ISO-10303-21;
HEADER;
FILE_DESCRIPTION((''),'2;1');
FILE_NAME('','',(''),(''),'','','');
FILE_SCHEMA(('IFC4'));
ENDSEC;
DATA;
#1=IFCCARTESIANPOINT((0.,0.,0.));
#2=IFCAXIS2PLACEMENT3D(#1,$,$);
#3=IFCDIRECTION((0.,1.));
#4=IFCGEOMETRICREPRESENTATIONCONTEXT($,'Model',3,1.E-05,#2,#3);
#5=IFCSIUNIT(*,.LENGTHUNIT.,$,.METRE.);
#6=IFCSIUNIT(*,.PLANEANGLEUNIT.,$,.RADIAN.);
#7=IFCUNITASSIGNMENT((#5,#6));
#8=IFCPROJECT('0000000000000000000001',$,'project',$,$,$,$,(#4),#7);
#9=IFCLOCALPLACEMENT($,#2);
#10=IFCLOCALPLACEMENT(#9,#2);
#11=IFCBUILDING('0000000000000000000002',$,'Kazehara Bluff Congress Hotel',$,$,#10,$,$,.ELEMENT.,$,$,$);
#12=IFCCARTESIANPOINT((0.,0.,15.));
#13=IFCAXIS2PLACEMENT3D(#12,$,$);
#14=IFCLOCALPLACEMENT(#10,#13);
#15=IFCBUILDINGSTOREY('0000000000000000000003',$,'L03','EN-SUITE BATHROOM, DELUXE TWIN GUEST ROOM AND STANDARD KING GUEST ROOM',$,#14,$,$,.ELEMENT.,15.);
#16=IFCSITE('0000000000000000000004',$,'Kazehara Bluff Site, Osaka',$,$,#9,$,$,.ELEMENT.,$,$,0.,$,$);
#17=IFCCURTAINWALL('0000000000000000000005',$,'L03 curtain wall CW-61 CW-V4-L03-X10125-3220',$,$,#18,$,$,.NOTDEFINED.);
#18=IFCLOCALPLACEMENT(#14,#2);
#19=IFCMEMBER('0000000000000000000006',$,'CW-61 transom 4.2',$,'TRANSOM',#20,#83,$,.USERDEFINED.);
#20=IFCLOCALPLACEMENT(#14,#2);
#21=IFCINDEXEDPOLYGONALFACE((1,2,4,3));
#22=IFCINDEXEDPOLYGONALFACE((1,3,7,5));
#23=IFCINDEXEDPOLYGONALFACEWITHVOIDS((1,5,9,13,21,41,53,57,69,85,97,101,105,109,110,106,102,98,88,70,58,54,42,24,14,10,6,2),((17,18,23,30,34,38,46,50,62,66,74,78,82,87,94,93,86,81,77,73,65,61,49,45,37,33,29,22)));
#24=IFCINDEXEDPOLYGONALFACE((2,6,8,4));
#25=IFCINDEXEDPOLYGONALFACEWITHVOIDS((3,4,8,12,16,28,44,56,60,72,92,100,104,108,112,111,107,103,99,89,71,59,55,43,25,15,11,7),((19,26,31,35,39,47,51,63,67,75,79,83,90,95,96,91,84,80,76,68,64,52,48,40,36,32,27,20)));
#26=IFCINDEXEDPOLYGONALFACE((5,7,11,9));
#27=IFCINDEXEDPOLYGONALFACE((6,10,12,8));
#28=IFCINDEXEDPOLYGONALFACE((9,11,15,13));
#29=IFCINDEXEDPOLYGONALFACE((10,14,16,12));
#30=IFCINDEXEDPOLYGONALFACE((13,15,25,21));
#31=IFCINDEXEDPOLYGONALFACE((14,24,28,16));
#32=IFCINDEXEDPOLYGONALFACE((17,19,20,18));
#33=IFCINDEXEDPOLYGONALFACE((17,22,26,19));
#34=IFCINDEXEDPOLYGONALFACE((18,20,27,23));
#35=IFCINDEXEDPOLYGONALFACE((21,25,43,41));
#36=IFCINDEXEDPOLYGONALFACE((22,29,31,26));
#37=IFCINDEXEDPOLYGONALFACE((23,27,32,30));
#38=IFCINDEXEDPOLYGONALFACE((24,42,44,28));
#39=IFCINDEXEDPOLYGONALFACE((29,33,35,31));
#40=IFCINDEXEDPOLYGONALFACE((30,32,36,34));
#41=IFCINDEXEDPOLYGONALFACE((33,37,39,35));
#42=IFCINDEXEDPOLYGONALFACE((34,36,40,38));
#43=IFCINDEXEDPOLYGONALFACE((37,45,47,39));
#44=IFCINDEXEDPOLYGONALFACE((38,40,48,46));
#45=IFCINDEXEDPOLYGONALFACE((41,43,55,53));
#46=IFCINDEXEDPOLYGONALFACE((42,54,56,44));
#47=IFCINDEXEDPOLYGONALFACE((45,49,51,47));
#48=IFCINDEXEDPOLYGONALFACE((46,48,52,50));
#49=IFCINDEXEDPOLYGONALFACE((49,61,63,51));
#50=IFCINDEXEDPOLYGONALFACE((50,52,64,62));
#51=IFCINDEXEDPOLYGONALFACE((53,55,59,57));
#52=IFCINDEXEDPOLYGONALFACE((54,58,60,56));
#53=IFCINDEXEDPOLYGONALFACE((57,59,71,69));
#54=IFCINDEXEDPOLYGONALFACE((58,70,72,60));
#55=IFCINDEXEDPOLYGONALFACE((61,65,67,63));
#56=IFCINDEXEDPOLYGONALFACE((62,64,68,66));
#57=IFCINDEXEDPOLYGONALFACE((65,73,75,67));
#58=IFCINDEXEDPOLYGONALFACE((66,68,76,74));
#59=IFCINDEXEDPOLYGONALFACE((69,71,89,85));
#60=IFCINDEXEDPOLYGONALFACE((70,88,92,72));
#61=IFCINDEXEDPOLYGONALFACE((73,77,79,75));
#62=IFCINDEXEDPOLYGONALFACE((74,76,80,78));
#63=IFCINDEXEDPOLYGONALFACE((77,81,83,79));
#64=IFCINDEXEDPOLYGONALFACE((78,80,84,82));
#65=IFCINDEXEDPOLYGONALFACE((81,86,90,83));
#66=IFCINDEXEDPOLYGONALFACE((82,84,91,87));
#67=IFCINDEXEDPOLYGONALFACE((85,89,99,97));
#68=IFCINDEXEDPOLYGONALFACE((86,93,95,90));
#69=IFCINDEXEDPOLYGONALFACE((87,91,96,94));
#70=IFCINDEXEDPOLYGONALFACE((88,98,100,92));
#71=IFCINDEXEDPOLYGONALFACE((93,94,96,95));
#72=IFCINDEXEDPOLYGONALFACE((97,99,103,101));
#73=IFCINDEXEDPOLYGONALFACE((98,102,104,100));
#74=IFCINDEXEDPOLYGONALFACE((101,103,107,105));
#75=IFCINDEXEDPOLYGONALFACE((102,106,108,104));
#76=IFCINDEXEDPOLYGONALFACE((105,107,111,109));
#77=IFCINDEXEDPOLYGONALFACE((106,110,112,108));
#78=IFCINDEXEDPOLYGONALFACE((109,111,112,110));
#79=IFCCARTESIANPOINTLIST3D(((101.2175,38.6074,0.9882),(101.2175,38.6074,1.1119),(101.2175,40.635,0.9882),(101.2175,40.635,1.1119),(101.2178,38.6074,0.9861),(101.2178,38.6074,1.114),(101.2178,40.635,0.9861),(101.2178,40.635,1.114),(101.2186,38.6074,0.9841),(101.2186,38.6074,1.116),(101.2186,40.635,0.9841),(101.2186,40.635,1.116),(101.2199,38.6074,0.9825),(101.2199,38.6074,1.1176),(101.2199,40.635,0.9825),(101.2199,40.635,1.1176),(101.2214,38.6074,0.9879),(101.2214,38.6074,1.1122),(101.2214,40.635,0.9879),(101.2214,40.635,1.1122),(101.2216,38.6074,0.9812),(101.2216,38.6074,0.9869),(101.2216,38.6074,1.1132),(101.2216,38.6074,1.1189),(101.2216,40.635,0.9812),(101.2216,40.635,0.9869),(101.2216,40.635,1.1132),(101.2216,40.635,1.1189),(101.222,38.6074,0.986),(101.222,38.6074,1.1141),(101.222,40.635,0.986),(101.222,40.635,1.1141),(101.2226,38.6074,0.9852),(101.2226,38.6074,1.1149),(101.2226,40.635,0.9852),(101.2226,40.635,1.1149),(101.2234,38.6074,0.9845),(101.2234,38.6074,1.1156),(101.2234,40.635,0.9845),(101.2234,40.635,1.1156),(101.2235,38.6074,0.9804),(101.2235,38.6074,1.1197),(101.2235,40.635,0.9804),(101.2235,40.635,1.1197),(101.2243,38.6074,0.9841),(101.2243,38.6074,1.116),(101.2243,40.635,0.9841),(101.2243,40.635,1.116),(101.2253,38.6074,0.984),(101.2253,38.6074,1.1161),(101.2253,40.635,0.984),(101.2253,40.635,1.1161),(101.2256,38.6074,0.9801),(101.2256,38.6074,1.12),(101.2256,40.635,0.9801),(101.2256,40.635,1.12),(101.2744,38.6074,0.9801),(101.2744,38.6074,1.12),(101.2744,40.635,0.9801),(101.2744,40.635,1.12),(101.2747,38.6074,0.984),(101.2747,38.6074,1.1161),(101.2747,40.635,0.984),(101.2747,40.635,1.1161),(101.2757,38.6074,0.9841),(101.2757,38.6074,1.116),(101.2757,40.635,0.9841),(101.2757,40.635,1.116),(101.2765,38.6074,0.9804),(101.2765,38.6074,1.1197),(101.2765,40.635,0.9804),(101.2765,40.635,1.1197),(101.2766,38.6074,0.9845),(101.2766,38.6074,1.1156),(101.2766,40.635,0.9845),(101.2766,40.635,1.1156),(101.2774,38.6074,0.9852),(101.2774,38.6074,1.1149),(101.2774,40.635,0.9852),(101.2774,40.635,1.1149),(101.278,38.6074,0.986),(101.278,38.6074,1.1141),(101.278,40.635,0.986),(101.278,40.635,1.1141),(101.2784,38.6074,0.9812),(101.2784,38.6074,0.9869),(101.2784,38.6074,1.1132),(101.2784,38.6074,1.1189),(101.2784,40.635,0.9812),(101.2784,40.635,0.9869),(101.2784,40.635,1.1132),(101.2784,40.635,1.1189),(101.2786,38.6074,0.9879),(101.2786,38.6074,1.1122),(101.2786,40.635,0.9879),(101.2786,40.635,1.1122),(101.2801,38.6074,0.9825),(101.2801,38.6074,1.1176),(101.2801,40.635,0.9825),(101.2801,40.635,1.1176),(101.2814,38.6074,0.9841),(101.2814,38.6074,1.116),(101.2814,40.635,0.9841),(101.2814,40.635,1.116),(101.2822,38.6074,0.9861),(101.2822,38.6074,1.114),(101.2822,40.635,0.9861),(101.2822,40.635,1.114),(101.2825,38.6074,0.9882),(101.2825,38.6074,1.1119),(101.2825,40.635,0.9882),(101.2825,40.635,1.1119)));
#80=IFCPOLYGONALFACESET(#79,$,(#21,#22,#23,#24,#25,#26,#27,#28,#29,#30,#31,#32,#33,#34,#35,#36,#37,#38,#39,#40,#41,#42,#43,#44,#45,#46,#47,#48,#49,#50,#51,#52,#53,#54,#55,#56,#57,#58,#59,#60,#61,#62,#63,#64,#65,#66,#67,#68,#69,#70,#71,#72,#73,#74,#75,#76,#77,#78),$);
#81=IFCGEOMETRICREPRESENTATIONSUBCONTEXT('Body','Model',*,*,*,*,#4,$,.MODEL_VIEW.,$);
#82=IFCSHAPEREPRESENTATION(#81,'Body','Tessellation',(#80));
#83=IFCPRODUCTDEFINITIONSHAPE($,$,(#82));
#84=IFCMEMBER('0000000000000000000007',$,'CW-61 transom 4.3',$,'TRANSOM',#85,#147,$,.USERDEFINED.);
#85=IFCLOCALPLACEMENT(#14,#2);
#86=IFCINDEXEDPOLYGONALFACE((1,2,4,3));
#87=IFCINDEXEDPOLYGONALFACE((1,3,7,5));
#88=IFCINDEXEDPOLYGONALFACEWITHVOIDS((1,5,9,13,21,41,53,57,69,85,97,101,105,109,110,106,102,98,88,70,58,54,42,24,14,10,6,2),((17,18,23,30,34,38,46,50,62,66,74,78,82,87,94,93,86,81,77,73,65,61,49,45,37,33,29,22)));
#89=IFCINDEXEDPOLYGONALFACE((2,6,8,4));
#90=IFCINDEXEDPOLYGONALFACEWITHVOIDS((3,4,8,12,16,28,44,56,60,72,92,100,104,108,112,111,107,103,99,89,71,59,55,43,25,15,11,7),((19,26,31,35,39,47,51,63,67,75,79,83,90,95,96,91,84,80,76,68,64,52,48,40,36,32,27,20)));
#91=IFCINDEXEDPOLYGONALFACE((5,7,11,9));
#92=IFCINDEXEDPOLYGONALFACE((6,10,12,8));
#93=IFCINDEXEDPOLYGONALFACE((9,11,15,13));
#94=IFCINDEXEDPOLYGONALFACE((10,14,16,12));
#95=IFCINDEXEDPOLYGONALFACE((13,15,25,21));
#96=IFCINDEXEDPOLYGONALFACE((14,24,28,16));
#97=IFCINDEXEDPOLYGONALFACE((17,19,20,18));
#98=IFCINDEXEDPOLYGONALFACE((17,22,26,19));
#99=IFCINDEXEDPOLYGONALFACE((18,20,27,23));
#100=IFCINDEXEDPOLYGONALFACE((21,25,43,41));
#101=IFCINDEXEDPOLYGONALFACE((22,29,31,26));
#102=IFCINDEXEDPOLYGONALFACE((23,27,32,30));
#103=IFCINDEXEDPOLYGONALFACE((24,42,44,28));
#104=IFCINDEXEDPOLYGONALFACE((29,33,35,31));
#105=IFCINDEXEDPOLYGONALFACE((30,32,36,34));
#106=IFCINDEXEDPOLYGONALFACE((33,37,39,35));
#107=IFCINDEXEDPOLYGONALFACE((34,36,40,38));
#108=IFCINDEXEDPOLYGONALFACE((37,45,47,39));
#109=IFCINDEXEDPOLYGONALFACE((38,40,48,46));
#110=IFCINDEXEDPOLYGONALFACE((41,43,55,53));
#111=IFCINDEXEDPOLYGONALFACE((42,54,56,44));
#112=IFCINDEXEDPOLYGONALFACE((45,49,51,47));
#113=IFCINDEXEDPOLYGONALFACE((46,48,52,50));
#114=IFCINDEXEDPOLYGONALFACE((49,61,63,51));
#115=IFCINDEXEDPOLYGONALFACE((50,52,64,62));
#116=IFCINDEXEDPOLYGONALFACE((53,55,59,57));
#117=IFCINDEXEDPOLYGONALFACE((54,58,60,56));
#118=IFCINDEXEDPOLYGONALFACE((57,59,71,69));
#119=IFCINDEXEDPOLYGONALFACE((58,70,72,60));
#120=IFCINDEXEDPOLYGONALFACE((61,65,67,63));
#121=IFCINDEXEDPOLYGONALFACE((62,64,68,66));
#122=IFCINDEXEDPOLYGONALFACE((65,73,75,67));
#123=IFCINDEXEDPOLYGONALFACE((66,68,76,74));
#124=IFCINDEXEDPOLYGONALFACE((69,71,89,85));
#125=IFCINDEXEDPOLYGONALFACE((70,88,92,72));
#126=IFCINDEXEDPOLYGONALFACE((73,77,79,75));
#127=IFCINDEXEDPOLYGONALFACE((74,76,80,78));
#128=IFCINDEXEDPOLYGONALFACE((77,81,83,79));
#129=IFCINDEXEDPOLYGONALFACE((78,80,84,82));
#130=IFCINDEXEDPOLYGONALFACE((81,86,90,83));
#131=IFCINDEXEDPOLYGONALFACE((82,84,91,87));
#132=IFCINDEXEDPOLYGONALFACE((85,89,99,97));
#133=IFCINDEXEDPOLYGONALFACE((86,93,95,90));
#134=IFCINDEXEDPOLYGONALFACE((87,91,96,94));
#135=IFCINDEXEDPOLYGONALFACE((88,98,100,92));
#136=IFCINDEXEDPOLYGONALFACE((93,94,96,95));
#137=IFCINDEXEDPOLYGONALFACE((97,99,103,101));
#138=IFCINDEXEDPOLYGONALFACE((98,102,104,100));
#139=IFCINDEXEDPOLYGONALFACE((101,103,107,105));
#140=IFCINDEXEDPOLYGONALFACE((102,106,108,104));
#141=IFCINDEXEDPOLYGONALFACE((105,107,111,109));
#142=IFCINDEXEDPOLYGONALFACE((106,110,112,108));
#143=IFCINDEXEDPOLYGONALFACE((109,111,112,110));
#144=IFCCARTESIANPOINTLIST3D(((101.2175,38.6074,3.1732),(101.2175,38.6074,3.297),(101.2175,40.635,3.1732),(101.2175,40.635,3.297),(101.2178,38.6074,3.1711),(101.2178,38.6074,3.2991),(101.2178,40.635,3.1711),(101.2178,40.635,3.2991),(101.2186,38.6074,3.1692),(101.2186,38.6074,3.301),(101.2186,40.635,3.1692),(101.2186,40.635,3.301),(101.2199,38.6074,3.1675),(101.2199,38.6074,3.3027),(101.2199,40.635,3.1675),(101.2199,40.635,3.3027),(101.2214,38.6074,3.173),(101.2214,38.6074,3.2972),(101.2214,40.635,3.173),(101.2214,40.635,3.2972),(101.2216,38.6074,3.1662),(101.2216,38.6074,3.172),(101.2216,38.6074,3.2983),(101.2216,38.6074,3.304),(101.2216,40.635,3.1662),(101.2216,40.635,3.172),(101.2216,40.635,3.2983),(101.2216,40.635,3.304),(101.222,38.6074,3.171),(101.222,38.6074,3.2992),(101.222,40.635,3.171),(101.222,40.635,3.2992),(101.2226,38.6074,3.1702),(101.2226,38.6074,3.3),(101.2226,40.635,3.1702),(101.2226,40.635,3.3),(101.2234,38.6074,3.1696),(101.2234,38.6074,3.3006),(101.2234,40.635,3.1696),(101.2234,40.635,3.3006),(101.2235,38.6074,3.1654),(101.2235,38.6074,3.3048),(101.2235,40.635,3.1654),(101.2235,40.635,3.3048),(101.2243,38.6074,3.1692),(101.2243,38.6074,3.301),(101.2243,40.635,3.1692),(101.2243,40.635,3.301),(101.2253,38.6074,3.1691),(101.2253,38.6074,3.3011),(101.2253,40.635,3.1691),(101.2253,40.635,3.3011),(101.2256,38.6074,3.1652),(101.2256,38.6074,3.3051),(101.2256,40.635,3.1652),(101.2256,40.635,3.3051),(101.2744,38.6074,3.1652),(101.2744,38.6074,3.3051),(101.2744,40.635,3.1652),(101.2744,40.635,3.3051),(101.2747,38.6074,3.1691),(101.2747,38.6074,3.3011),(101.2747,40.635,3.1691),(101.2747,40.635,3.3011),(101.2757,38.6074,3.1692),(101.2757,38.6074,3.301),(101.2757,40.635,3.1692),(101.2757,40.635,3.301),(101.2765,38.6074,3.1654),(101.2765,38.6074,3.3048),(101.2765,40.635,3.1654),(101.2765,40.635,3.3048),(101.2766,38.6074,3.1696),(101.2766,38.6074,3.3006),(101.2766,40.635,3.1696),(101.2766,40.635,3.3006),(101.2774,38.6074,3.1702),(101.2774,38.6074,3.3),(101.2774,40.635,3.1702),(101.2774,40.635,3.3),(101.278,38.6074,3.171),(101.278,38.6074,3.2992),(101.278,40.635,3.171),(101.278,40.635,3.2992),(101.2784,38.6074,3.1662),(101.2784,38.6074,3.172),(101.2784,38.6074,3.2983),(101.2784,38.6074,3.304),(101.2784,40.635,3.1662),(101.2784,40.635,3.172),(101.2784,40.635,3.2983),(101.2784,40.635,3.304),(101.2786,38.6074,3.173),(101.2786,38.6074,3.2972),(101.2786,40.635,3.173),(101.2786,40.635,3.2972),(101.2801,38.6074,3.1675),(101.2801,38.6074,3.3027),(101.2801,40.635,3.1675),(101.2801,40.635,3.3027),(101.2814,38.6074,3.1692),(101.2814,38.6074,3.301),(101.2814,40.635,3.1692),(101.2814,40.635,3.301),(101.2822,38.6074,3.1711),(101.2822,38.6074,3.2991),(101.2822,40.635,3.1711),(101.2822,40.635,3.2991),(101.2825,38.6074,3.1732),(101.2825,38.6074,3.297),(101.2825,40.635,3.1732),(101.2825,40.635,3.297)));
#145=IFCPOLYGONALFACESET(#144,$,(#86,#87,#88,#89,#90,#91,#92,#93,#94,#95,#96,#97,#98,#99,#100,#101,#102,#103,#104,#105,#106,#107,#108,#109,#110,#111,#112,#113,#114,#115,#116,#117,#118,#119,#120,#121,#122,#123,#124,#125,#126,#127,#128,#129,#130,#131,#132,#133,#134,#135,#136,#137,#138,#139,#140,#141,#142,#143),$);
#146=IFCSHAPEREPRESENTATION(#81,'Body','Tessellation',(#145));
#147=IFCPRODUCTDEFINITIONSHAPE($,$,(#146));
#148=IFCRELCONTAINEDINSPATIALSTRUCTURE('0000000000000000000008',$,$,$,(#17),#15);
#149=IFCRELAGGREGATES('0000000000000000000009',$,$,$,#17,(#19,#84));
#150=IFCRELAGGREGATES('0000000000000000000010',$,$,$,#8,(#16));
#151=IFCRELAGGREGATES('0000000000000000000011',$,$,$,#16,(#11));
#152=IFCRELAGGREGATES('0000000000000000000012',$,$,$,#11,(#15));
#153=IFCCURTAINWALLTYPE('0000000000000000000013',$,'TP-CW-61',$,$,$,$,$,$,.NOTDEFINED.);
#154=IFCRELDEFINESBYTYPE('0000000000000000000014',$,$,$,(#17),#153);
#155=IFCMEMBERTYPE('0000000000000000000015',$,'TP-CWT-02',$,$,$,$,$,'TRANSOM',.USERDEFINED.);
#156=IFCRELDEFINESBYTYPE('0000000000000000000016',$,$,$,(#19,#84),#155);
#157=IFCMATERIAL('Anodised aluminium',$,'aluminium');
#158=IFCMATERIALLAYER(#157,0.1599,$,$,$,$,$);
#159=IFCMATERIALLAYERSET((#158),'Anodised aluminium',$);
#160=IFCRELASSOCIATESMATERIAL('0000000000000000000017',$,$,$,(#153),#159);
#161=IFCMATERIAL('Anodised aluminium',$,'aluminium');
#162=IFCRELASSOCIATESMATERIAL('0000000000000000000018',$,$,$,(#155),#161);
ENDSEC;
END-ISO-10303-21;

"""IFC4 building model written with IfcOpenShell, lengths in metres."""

from ifc_helpers import new_model, si_unit, direction, frame, origin, origin_2d, place, context, subcontext, project, spatial, hollow_rectangle, extrude, material, layer, layer_set, material_profile, profile_set, type_object, element, aggregate, save


model = new_model("IFC4")

# Units and contexts
model_context = context("Model", 3, precision=1e-05, world=origin(), true_north=direction((0.0, 1.0)))
body_context = subcontext(model_context, "Body", "Model", "MODEL_VIEW")
ifc_project = project(units=[si_unit("LENGTHUNIT", "METRE"), si_unit("PLANEANGLEUNIT", "RADIAN")], contexts=[model_context])

# Site, building, storey
site_placement = place(None, origin())
site = spatial("IfcSite", under=ifc_project, at=site_placement, Name="Kazehara Bluff Site, Osaka", CompositionType="ELEMENT", RefElevation=0.0)
building_placement = place(site_placement, origin())
building = spatial("IfcBuilding", under=site, at=building_placement, Name="Kazehara Bluff Congress Hotel", CompositionType="ELEMENT")
storey_placement = place(building_placement, frame((0.0, 0.0, 15.0)))
storey = spatial("IfcBuildingStorey", under=building, at=storey_placement, Name="L03", Description="EN-SUITE BATHROOM, DELUXE TWIN GUEST ROOM AND STANDARD KING GUEST ROOM", CompositionType="ELEMENT", Elevation=15.0)

# Curtain wall, members
ifc_material_1 = material(Name="Anodised aluminium", Category="aluminium")
ifc_layer_1 = layer(ifc_material_1, 0.1599)
ifc_layer_set_1 = layer_set([ifc_layer_1], Name="Anodised aluminium")
curtain_wall_type = type_object("IfcCurtainWallType", Name="TP-CW-61", PredefinedType="NOTDEFINED", material=ifc_layer_set_1)
curtain_wall_placement = place(storey_placement, origin())
curtain_wall = element("IfcCurtainWall", 1, at=curtain_wall_placement, inside=storey, type_object=curtain_wall_type, Name="L03 curtain wall CW-61 CW-V4-L03-X10125-3220", PredefinedType="NOTDEFINED")
ifc_material_2 = material(Name="Anodised aluminium", Category="aluminium")
ifc_material_profile_1 = material_profile(ifc_material_2, hollow_rectangle(XDim=0.0649, YDim=0.1399, WallThickness=0.0039, InnerFilletRadius=0.0039, OuterFilletRadius=0.0081, at=origin_2d()))
ifc_profile_set_1 = profile_set([ifc_material_profile_1], Name="Anodised aluminium")
member_type_1 = type_object("IfcMemberType", Name="TP-CWT-02", ElementType="TRANSOM", PredefinedType="USERDEFINED", material=ifc_profile_set_1)
member_1_placement = place(storey_placement, frame((101.25, 38.6074, 1.05), z_axis=(0.0, 1.0, 0.0), x_axis=(-1.0, 0.0, 0.0)))
member_1 = element("IfcMember", 2, at=member_1_placement, type_object=member_type_1, Name="CW-61 transom 4.2", ObjectType="TRANSOM", PredefinedType="USERDEFINED", context=body_context, shape_type="SweptSolid", body=[
    extrude(hollow_rectangle(XDim=0.0649, YDim=0.1399, WallThickness=0.0039, InnerFilletRadius=0.0039, OuterFilletRadius=0.0081, at=origin_2d()), origin(), (0.0, 0.0, 1.0), 2.0276),
])
member_2_placement = place(storey_placement, frame((101.25, 38.6074, 3.2351), z_axis=(0.0, 1.0, 0.0), x_axis=(-1.0, 0.0, 0.0)))
member_2 = element("IfcMember", 3, at=member_2_placement, type_object=member_type_1, Name="CW-61 transom 4.3", ObjectType="TRANSOM", PredefinedType="USERDEFINED", context=body_context, shape_type="SweptSolid", body=[
    extrude(hollow_rectangle(XDim=0.0649, YDim=0.1399, WallThickness=0.0039, InnerFilletRadius=0.0039, OuterFilletRadius=0.0081, at=origin_2d()), origin(), (0.0, 0.0, 1.0), 2.0276),
])
aggregate(curtain_wall, [member_1, member_2])

save(model, "model.ifc")
